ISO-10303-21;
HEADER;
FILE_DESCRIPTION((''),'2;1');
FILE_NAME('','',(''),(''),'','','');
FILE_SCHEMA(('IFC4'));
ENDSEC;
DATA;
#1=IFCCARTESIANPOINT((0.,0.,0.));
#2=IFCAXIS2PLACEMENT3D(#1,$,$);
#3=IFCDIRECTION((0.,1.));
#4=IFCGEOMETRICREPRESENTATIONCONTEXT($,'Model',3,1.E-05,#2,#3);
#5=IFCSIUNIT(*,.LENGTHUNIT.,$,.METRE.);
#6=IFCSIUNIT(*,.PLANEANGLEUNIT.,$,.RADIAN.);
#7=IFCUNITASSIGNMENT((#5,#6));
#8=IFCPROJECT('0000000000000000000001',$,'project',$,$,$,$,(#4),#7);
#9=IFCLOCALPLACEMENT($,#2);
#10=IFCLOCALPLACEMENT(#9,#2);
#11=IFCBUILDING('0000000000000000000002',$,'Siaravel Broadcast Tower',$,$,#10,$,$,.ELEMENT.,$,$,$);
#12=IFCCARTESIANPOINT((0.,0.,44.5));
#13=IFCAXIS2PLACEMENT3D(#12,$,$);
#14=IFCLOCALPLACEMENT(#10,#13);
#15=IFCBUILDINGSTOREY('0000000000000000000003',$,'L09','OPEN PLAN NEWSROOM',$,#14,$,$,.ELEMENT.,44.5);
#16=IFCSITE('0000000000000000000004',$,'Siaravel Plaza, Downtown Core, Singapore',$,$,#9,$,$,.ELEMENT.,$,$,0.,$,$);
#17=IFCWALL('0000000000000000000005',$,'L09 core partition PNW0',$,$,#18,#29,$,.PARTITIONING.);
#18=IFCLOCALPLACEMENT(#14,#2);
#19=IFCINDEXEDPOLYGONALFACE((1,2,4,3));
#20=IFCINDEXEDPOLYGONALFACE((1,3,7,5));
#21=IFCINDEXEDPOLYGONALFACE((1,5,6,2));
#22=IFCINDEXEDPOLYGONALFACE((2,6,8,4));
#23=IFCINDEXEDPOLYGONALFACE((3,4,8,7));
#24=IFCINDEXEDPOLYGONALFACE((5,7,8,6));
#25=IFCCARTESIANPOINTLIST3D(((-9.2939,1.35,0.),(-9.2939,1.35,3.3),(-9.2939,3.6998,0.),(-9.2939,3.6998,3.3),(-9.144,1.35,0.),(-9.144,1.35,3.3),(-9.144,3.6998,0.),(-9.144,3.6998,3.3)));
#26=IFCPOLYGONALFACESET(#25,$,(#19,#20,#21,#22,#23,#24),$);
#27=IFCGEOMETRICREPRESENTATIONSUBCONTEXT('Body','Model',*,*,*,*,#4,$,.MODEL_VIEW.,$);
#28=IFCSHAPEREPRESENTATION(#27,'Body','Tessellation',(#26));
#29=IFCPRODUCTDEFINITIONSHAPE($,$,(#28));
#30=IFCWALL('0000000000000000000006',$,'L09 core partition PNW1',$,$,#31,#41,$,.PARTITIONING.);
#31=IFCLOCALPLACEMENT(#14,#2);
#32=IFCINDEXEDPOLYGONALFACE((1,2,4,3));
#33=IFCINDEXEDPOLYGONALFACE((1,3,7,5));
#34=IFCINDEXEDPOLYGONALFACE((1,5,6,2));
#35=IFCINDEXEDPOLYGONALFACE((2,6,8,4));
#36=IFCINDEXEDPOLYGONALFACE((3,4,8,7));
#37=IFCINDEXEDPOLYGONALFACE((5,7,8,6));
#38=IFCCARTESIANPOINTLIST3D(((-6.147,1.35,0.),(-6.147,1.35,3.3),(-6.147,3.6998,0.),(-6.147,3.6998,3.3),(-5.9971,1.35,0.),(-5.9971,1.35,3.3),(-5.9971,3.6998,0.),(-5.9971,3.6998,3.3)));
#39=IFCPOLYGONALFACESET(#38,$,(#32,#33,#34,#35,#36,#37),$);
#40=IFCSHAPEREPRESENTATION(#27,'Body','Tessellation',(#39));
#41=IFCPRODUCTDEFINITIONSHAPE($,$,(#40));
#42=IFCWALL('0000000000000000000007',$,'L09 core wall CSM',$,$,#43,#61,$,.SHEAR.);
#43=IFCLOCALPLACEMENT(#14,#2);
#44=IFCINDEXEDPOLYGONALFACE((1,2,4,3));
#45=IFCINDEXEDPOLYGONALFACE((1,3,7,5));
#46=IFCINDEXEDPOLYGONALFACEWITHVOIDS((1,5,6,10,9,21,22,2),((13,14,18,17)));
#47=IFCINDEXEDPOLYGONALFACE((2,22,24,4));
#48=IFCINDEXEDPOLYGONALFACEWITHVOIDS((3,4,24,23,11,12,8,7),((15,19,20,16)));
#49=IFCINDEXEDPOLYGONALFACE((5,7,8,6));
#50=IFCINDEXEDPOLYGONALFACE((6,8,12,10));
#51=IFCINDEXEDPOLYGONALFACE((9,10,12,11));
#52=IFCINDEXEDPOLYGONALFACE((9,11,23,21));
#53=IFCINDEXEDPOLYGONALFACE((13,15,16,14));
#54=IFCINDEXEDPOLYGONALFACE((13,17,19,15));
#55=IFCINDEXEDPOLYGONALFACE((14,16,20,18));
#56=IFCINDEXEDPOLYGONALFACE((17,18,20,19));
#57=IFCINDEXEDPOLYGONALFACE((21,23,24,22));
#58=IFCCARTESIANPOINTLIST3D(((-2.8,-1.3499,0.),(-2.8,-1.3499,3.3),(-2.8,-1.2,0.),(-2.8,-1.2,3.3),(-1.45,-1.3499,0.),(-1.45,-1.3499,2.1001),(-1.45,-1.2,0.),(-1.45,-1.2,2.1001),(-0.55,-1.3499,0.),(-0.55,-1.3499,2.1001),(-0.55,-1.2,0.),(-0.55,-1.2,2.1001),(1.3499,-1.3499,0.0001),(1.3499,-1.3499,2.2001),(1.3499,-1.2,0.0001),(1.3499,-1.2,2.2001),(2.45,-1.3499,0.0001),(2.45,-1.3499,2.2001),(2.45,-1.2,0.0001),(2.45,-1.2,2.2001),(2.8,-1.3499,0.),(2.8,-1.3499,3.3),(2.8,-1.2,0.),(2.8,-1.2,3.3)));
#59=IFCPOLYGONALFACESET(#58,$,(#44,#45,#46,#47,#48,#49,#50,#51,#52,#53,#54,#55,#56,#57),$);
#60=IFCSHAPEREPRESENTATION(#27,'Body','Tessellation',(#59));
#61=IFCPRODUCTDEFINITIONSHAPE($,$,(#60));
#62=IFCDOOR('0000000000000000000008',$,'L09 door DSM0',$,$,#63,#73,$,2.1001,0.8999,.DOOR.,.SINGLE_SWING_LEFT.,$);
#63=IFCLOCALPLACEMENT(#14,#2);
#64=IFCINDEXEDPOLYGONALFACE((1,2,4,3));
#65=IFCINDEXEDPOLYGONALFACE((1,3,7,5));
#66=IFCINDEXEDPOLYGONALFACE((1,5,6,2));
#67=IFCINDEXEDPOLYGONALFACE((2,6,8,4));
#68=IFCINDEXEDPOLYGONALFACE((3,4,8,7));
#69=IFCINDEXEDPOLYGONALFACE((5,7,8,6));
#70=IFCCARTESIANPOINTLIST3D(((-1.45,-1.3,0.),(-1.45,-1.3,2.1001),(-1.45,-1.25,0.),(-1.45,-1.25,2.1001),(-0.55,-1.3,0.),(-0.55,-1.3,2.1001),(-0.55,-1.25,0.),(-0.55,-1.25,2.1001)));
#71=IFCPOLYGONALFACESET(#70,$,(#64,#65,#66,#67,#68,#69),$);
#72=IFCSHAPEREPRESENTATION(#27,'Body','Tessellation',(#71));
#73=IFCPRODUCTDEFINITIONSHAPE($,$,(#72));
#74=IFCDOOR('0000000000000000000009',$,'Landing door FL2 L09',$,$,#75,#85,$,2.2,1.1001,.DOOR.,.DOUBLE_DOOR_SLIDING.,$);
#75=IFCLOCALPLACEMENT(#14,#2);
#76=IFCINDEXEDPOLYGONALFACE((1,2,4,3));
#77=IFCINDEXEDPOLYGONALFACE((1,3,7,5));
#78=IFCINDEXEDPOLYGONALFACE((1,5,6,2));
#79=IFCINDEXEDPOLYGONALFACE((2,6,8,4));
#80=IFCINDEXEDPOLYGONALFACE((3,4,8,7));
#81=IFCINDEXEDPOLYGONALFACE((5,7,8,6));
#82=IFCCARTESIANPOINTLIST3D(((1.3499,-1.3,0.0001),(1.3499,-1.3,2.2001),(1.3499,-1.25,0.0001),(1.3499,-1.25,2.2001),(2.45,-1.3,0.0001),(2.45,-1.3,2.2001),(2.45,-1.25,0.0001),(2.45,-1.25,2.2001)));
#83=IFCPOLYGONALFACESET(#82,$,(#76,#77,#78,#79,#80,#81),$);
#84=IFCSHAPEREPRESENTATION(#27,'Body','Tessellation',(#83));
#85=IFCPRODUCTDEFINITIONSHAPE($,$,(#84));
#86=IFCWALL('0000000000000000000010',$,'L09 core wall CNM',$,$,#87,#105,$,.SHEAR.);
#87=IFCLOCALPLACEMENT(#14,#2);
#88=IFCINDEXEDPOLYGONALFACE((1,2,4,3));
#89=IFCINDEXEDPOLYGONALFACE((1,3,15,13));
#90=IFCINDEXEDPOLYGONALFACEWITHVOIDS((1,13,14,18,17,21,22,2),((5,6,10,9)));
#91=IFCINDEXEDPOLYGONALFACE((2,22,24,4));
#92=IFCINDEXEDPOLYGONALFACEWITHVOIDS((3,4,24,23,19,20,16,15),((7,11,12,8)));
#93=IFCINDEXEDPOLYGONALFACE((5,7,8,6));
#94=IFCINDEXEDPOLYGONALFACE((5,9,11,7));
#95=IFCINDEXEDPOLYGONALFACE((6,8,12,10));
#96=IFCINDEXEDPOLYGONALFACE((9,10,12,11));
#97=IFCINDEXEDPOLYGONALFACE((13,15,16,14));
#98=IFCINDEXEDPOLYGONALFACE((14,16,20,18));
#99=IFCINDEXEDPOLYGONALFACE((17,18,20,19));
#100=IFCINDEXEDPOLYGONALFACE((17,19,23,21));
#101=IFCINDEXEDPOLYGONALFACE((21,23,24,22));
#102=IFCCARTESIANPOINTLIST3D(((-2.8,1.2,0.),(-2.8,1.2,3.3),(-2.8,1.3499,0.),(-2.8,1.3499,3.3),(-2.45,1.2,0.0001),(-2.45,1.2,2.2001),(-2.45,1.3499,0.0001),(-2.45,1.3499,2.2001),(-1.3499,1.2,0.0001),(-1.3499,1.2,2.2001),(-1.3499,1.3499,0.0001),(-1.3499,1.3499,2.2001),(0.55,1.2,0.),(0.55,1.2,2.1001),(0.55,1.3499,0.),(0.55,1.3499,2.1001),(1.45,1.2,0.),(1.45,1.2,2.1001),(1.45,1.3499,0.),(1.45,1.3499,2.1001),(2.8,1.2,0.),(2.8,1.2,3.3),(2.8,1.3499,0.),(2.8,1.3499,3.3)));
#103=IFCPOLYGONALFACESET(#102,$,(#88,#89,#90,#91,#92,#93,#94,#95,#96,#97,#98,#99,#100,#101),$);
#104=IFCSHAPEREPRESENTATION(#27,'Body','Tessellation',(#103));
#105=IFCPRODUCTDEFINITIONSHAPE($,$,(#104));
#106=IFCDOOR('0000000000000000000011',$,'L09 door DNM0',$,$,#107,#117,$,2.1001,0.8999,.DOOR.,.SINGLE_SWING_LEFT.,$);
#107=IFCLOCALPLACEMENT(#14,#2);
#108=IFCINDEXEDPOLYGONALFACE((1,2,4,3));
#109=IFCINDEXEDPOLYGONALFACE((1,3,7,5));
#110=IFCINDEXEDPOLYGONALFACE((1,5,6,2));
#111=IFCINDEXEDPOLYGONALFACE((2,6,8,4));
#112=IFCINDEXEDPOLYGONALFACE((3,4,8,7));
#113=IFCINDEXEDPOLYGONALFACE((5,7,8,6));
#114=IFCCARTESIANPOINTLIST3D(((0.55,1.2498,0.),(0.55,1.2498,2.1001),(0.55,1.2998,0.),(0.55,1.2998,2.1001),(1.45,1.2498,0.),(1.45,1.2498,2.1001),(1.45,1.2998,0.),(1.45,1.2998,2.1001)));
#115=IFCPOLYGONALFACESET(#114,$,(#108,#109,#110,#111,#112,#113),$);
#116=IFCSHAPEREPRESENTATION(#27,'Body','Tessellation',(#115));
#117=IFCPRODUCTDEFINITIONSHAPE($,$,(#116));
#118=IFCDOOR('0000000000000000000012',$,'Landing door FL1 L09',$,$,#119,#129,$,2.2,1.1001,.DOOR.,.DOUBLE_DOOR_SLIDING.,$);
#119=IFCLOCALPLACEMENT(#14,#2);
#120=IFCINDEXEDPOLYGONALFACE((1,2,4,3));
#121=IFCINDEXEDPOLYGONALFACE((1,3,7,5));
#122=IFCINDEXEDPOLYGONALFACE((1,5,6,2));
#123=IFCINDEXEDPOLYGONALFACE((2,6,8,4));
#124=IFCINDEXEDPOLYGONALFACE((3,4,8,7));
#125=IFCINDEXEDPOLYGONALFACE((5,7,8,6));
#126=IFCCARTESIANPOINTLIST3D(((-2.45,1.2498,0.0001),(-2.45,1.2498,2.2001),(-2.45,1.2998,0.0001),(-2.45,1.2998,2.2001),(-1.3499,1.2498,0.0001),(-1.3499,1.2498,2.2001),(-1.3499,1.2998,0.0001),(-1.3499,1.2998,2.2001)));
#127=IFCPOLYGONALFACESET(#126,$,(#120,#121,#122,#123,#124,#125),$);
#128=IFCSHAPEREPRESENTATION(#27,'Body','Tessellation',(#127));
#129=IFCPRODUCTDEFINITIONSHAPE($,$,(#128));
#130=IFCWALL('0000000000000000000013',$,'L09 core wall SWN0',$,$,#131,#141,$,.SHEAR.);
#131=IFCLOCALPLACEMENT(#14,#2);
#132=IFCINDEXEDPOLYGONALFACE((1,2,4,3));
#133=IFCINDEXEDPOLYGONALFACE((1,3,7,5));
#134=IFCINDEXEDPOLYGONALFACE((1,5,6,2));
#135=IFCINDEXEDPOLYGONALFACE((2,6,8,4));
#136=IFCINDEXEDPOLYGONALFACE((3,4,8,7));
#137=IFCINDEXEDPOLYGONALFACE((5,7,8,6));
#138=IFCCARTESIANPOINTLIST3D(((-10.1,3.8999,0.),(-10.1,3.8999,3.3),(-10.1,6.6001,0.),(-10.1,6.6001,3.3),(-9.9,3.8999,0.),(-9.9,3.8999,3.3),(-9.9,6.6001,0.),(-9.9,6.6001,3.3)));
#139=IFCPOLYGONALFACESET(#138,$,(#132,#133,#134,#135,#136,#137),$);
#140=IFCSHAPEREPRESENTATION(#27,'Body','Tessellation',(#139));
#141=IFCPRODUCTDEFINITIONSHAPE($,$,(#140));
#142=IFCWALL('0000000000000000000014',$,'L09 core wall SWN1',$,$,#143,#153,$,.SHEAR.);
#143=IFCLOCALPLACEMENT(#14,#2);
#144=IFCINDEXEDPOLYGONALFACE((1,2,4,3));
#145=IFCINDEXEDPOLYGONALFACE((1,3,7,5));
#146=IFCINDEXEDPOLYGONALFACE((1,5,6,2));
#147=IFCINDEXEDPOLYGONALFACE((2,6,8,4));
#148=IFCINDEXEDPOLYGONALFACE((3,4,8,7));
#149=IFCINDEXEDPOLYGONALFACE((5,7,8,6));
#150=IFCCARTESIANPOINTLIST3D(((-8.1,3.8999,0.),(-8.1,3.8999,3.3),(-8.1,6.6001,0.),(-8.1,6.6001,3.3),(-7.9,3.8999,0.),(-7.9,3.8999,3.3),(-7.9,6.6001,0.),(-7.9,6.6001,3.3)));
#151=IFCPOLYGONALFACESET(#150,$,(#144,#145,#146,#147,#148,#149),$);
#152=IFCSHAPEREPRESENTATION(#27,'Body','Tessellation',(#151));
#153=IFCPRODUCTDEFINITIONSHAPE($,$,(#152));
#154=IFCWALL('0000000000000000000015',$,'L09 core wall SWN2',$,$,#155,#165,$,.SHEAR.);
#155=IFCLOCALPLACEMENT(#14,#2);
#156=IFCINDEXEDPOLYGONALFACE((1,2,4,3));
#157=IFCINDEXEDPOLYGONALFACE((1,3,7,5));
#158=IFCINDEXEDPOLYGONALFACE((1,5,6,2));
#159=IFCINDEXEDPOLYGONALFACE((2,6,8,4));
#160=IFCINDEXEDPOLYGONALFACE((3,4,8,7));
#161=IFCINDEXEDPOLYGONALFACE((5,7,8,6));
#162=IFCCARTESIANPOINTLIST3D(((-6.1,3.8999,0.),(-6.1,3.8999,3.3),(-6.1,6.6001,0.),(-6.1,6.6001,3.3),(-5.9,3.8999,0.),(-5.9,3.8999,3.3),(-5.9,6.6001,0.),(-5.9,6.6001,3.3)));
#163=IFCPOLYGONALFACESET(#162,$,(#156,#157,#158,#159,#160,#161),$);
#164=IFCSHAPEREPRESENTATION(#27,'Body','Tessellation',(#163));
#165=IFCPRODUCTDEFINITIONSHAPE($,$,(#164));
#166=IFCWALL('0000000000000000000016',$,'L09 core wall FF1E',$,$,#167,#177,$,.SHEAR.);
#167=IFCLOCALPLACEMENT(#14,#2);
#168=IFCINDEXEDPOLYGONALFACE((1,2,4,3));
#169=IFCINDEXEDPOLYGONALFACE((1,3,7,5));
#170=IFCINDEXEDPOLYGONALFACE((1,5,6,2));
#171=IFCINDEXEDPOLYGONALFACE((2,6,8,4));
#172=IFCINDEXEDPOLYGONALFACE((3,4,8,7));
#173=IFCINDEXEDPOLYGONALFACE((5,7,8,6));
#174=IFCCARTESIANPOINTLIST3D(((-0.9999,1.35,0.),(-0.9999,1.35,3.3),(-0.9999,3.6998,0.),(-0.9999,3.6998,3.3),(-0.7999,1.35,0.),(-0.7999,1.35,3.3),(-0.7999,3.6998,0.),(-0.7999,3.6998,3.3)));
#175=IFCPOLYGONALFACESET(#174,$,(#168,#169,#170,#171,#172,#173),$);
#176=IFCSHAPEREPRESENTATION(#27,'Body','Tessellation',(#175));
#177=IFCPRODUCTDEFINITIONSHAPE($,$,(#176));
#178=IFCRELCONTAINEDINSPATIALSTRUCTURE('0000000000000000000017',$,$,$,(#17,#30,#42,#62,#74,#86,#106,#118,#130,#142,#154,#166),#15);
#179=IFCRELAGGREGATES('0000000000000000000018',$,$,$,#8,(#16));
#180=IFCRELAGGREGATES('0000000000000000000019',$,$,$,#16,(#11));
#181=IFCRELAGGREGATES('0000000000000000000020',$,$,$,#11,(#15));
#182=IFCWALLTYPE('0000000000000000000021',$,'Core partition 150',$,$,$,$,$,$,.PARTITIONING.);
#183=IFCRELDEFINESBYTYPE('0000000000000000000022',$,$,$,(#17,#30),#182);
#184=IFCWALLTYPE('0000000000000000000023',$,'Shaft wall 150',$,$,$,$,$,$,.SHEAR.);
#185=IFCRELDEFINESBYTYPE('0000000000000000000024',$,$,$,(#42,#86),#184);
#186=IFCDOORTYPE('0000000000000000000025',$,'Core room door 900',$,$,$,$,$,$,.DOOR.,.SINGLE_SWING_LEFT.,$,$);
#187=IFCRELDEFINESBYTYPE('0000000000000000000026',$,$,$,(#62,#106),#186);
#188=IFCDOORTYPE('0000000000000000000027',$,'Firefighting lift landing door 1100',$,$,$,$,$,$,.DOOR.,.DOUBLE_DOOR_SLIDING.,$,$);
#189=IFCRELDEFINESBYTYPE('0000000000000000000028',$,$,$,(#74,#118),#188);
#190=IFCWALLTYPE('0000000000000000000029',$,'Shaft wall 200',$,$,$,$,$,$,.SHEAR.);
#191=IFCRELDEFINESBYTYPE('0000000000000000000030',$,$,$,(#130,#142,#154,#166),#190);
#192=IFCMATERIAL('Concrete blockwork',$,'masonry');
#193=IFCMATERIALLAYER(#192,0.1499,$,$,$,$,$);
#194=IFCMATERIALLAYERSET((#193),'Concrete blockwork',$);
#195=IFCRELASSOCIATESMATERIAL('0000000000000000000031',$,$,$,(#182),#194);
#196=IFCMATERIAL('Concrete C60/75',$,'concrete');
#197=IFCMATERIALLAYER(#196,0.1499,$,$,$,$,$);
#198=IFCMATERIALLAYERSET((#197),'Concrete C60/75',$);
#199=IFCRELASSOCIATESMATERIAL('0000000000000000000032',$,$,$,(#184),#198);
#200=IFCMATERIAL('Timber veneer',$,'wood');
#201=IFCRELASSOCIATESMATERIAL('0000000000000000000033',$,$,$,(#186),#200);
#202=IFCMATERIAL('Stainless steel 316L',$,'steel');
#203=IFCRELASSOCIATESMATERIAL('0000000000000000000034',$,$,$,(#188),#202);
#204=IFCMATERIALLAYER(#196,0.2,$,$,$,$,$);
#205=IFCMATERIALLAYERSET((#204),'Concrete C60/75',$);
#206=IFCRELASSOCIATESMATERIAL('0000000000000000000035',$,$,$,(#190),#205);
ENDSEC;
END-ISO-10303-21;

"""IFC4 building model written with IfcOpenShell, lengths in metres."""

from ifc_helpers import new_model, si_unit, direction, frame, frame_2d, origin, place, context, subcontext, project, spatial, rectangle, extrude, material, layer, layer_set, type_object, element, fill, save


model = new_model("IFC4")

# Units and contexts
model_context = context("Model", 3, precision=1e-05, world=origin(), true_north=direction((0.0, 1.0)))
body_context = subcontext(model_context, "Body", "Model", "MODEL_VIEW")
ifc_project = project(units=[si_unit("LENGTHUNIT", "METRE"), si_unit("PLANEANGLEUNIT", "RADIAN")], contexts=[model_context])

# Site, building, storey
site_placement = place(None, origin())
site = spatial("IfcSite", under=ifc_project, at=site_placement, Name="Siaravel Plaza, Downtown Core, Singapore", CompositionType="ELEMENT", RefElevation=0.0)
building_placement = place(site_placement, origin())
building = spatial("IfcBuilding", under=site, at=building_placement, Name="Siaravel Broadcast Tower", CompositionType="ELEMENT")
storey_placement = place(building_placement, frame((0.0, 0.0, 44.5)))
storey = spatial("IfcBuildingStorey", under=building, at=storey_placement, Name="L09", Description="OPEN PLAN NEWSROOM", CompositionType="ELEMENT", Elevation=44.5)

# Walls
ifc_material_1 = material(Name="Concrete blockwork", Category="masonry")
ifc_layer_1 = layer(ifc_material_1, 0.1499)
ifc_layer_set_1 = layer_set([ifc_layer_1], Name="Concrete blockwork")
wall_type_1 = type_object("IfcWallType", Name="Core partition 150", PredefinedType="PARTITIONING", material=ifc_layer_set_1)
for number, where, z_axis, x_axis, name in (
    (1, (-9.219, 1.3501, 0.0), (0.0, 0.0, 1.0), (0.0, 1.0, 0.0), "L09 core partition PNW0"),
    (2, (-6.072, 1.3501, 0.0), (0.0, 0.0, 1.0), (0.0, 1.0, 0.0), "L09 core partition PNW1"),
):
    element("IfcWall", number, at=place(storey_placement, frame(where, z_axis=z_axis, x_axis=x_axis)), inside=storey, type_object=wall_type_1, Name=name, PredefinedType="PARTITIONING", context=body_context, shape_type="SweptSolid", body=[
        extrude(rectangle(XDim=2.3499, YDim=0.1499, at=frame_2d((1.1748, 0.0))), origin(), (0.0, 0.0, 1.0), 3.3),
    ])

# Walls, openings, doors
ifc_material_2 = material(Name="Concrete C60/75", Category="concrete")
ifc_layer_2 = layer(ifc_material_2, 0.1499)
ifc_layer_set_2 = layer_set([ifc_layer_2], Name="Concrete C60/75")
wall_type_2 = type_object("IfcWallType", Name="Shaft wall 150", PredefinedType="SHEAR", material=ifc_layer_set_2)
wall_1_placement = place(storey_placement, frame((-2.8, -1.2749, 0.0), z_axis=(0.0, 0.0, 1.0), x_axis=(1.0, 0.0, 0.0)))
wall_1 = element("IfcWall", 3, at=wall_1_placement, inside=storey, type_object=wall_type_2, Name="L09 core wall CSM", PredefinedType="SHEAR", context=body_context, shape_type="SweptSolid", body=[
    extrude(rectangle(XDim=5.6001, YDim=0.1499, at=frame_2d((2.8, 0.0))), origin(), (0.0, 0.0, 1.0), 3.3),
])
opening_1_placement = place(wall_1_placement, frame((4.1499, 0.0, 0.0)))
opening_1 = element("IfcOpeningElement", 4, at=opening_1_placement, cuts=wall_1, PredefinedType="OPENING", context=body_context, shape_type="SweptSolid", body=[
    extrude(rectangle(XDim=1.1001, YDim=2.2, at=frame_2d((0.55, 1.1001))), frame((0.0, 0.085, 0.0), z_axis=(0.0, -1.0, 0.0), x_axis=(1.0, 0.0, 0.0)), (0.0, 0.0, 1.0), 0.1699),
])
opening_2_placement = place(wall_1_placement, frame((1.3501, 0.0, 0.0)))
opening_2 = element("IfcOpeningElement", 5, at=opening_2_placement, cuts=wall_1, PredefinedType="OPENING", context=body_context, shape_type="SweptSolid", body=[
    extrude(rectangle(XDim=0.8999, YDim=2.1001, at=frame_2d((0.45, 1.05))), frame((0.0, 0.085, 0.0), z_axis=(0.0, -1.0, 0.0), x_axis=(1.0, 0.0, 0.0)), (0.0, 0.0, 1.0), 0.1699),
])
ifc_material_3 = material(Name="Timber veneer", Category="wood")
door_type_1 = type_object("IfcDoorType", Name="Core room door 900", OperationType="SINGLE_SWING_LEFT", PredefinedType="DOOR", material=ifc_material_3)
door_1_placement = place(opening_2_placement, origin())
door_1 = element("IfcDoor", 6, at=door_1_placement, inside=storey, type_object=door_type_1, Name="L09 door DSM0", OperationType="SINGLE_SWING_LEFT", OverallHeight=2.1001, OverallWidth=0.8999, PredefinedType="DOOR", context=body_context, shape_type="SweptSolid", body=[
    extrude(rectangle(XDim=0.8999, YDim=2.1001, at=frame_2d((0.45, 1.05))), frame((0.0, 0.0249, 0.0), z_axis=(0.0, -1.0, 0.0), x_axis=(1.0, 0.0, 0.0)), (0.0, 0.0, 1.0), 0.05),
])
fill(opening_2, door_1)
ifc_material_4 = material(Name="Stainless steel 316L", Category="steel")
door_type_2 = type_object("IfcDoorType", Name="Firefighting lift landing door 1100", OperationType="DOUBLE_DOOR_SLIDING", PredefinedType="DOOR", material=ifc_material_4)
door_2_placement = place(opening_1_placement, origin())
door_2 = element("IfcDoor", 7, at=door_2_placement, inside=storey, type_object=door_type_2, Name="Landing door FL2 L09", OperationType="DOUBLE_DOOR_SLIDING", OverallHeight=2.2, OverallWidth=1.1001, PredefinedType="DOOR", context=body_context, shape_type="SweptSolid", body=[
    extrude(rectangle(XDim=1.1001, YDim=2.2, at=frame_2d((0.55, 1.1001))), frame((0.0, 0.0249, 0.0), z_axis=(0.0, -1.0, 0.0), x_axis=(1.0, 0.0, 0.0)), (0.0, 0.0, 1.0), 0.05),
])
fill(opening_1, door_2)
wall_2_placement = place(storey_placement, frame((-2.8, 1.2749, 0.0), z_axis=(0.0, 0.0, 1.0), x_axis=(1.0, 0.0, 0.0)))
wall_2 = element("IfcWall", 8, at=wall_2_placement, inside=storey, type_object=wall_type_2, Name="L09 core wall CNM", PredefinedType="SHEAR", context=body_context, shape_type="SweptSolid", body=[
    extrude(rectangle(XDim=5.6001, YDim=0.1499, at=frame_2d((2.8, 0.0))), origin(), (0.0, 0.0, 1.0), 3.3),
])
opening_3_placement = place(wall_2_placement, frame((0.3501, 0.0, 0.0)))
opening_3 = element("IfcOpeningElement", 9, at=opening_3_placement, cuts=wall_2, PredefinedType="OPENING", context=body_context, shape_type="SweptSolid", body=[
    extrude(rectangle(XDim=1.1001, YDim=2.2, at=frame_2d((0.55, 1.1001))), frame((0.0, 0.085, 0.0), z_axis=(0.0, -1.0, 0.0), x_axis=(1.0, 0.0, 0.0)), (0.0, 0.0, 1.0), 0.1699),
])
opening_4_placement = place(wall_2_placement, frame((3.3501, 0.0, 0.0)))
opening_4 = element("IfcOpeningElement", 10, at=opening_4_placement, cuts=wall_2, PredefinedType="OPENING", context=body_context, shape_type="SweptSolid", body=[
    extrude(rectangle(XDim=0.8999, YDim=2.1001, at=frame_2d((0.45, 1.05))), frame((0.0, 0.085, 0.0), z_axis=(0.0, -1.0, 0.0), x_axis=(1.0, 0.0, 0.0)), (0.0, 0.0, 1.0), 0.1699),
])
door_3_placement = place(opening_4_placement, origin())
door_3 = element("IfcDoor", 11, at=door_3_placement, inside=storey, type_object=door_type_1, Name="L09 door DNM0", OperationType="SINGLE_SWING_LEFT", OverallHeight=2.1001, OverallWidth=0.8999, PredefinedType="DOOR", context=body_context, shape_type="SweptSolid", body=[
    extrude(rectangle(XDim=0.8999, YDim=2.1001, at=frame_2d((0.45, 1.05))), frame((0.0, 0.0249, 0.0), z_axis=(0.0, -1.0, 0.0), x_axis=(1.0, 0.0, 0.0)), (0.0, 0.0, 1.0), 0.05),
])
fill(opening_4, door_3)
door_4_placement = place(opening_3_placement, origin())
door_4 = element("IfcDoor", 12, at=door_4_placement, inside=storey, type_object=door_type_2, Name="Landing door FL1 L09", OperationType="DOUBLE_DOOR_SLIDING", OverallHeight=2.2, OverallWidth=1.1001, PredefinedType="DOOR", context=body_context, shape_type="SweptSolid", body=[
    extrude(rectangle(XDim=1.1001, YDim=2.2, at=frame_2d((0.55, 1.1001))), frame((0.0, 0.0249, 0.0), z_axis=(0.0, -1.0, 0.0), x_axis=(1.0, 0.0, 0.0)), (0.0, 0.0, 1.0), 0.05),
])
fill(opening_3, door_4)

# Walls
ifc_layer_3 = layer(ifc_material_2, 0.2)
ifc_layer_set_3 = layer_set([ifc_layer_3], Name="Concrete C60/75")
wall_type_3 = type_object("IfcWallType", Name="Shaft wall 200", PredefinedType="SHEAR", material=ifc_layer_set_3)
for number, where, z_axis, x_axis, name in (
    (13, (-10.0, 3.8999, 0.0), (0.0, 0.0, 1.0), (0.0, 1.0, 0.0), "L09 core wall SWN0"),
    (14, (-8.0, 3.8999, 0.0), (0.0, 0.0, 1.0), (0.0, 1.0, 0.0), "L09 core wall SWN1"),
    (15, (-6.0, 3.8999, 0.0), (0.0, 0.0, 1.0), (0.0, 1.0, 0.0), "L09 core wall SWN2"),
):
    element("IfcWall", number, at=place(storey_placement, frame(where, z_axis=z_axis, x_axis=x_axis)), inside=storey, type_object=wall_type_3, Name=name, PredefinedType="SHEAR", context=body_context, shape_type="SweptSolid", body=[
        extrude(rectangle(XDim=2.7002, YDim=0.2, at=frame_2d((1.3501, 0.0))), origin(), (0.0, 0.0, 1.0), 3.3),
    ])
wall_3_placement = place(storey_placement, frame((-0.8999, 1.3501, 0.0), z_axis=(0.0, 0.0, 1.0), x_axis=(0.0, 1.0, 0.0)))
element("IfcWall", 16, at=wall_3_placement, inside=storey, type_object=wall_type_3, Name="L09 core wall FF1E", PredefinedType="SHEAR", context=body_context, shape_type="SweptSolid", body=[
    extrude(rectangle(XDim=2.3499, YDim=0.2, at=frame_2d((1.1748, 0.0))), origin(), (0.0, 0.0, 1.0), 3.3),
])

save(model, "model.ifc")
